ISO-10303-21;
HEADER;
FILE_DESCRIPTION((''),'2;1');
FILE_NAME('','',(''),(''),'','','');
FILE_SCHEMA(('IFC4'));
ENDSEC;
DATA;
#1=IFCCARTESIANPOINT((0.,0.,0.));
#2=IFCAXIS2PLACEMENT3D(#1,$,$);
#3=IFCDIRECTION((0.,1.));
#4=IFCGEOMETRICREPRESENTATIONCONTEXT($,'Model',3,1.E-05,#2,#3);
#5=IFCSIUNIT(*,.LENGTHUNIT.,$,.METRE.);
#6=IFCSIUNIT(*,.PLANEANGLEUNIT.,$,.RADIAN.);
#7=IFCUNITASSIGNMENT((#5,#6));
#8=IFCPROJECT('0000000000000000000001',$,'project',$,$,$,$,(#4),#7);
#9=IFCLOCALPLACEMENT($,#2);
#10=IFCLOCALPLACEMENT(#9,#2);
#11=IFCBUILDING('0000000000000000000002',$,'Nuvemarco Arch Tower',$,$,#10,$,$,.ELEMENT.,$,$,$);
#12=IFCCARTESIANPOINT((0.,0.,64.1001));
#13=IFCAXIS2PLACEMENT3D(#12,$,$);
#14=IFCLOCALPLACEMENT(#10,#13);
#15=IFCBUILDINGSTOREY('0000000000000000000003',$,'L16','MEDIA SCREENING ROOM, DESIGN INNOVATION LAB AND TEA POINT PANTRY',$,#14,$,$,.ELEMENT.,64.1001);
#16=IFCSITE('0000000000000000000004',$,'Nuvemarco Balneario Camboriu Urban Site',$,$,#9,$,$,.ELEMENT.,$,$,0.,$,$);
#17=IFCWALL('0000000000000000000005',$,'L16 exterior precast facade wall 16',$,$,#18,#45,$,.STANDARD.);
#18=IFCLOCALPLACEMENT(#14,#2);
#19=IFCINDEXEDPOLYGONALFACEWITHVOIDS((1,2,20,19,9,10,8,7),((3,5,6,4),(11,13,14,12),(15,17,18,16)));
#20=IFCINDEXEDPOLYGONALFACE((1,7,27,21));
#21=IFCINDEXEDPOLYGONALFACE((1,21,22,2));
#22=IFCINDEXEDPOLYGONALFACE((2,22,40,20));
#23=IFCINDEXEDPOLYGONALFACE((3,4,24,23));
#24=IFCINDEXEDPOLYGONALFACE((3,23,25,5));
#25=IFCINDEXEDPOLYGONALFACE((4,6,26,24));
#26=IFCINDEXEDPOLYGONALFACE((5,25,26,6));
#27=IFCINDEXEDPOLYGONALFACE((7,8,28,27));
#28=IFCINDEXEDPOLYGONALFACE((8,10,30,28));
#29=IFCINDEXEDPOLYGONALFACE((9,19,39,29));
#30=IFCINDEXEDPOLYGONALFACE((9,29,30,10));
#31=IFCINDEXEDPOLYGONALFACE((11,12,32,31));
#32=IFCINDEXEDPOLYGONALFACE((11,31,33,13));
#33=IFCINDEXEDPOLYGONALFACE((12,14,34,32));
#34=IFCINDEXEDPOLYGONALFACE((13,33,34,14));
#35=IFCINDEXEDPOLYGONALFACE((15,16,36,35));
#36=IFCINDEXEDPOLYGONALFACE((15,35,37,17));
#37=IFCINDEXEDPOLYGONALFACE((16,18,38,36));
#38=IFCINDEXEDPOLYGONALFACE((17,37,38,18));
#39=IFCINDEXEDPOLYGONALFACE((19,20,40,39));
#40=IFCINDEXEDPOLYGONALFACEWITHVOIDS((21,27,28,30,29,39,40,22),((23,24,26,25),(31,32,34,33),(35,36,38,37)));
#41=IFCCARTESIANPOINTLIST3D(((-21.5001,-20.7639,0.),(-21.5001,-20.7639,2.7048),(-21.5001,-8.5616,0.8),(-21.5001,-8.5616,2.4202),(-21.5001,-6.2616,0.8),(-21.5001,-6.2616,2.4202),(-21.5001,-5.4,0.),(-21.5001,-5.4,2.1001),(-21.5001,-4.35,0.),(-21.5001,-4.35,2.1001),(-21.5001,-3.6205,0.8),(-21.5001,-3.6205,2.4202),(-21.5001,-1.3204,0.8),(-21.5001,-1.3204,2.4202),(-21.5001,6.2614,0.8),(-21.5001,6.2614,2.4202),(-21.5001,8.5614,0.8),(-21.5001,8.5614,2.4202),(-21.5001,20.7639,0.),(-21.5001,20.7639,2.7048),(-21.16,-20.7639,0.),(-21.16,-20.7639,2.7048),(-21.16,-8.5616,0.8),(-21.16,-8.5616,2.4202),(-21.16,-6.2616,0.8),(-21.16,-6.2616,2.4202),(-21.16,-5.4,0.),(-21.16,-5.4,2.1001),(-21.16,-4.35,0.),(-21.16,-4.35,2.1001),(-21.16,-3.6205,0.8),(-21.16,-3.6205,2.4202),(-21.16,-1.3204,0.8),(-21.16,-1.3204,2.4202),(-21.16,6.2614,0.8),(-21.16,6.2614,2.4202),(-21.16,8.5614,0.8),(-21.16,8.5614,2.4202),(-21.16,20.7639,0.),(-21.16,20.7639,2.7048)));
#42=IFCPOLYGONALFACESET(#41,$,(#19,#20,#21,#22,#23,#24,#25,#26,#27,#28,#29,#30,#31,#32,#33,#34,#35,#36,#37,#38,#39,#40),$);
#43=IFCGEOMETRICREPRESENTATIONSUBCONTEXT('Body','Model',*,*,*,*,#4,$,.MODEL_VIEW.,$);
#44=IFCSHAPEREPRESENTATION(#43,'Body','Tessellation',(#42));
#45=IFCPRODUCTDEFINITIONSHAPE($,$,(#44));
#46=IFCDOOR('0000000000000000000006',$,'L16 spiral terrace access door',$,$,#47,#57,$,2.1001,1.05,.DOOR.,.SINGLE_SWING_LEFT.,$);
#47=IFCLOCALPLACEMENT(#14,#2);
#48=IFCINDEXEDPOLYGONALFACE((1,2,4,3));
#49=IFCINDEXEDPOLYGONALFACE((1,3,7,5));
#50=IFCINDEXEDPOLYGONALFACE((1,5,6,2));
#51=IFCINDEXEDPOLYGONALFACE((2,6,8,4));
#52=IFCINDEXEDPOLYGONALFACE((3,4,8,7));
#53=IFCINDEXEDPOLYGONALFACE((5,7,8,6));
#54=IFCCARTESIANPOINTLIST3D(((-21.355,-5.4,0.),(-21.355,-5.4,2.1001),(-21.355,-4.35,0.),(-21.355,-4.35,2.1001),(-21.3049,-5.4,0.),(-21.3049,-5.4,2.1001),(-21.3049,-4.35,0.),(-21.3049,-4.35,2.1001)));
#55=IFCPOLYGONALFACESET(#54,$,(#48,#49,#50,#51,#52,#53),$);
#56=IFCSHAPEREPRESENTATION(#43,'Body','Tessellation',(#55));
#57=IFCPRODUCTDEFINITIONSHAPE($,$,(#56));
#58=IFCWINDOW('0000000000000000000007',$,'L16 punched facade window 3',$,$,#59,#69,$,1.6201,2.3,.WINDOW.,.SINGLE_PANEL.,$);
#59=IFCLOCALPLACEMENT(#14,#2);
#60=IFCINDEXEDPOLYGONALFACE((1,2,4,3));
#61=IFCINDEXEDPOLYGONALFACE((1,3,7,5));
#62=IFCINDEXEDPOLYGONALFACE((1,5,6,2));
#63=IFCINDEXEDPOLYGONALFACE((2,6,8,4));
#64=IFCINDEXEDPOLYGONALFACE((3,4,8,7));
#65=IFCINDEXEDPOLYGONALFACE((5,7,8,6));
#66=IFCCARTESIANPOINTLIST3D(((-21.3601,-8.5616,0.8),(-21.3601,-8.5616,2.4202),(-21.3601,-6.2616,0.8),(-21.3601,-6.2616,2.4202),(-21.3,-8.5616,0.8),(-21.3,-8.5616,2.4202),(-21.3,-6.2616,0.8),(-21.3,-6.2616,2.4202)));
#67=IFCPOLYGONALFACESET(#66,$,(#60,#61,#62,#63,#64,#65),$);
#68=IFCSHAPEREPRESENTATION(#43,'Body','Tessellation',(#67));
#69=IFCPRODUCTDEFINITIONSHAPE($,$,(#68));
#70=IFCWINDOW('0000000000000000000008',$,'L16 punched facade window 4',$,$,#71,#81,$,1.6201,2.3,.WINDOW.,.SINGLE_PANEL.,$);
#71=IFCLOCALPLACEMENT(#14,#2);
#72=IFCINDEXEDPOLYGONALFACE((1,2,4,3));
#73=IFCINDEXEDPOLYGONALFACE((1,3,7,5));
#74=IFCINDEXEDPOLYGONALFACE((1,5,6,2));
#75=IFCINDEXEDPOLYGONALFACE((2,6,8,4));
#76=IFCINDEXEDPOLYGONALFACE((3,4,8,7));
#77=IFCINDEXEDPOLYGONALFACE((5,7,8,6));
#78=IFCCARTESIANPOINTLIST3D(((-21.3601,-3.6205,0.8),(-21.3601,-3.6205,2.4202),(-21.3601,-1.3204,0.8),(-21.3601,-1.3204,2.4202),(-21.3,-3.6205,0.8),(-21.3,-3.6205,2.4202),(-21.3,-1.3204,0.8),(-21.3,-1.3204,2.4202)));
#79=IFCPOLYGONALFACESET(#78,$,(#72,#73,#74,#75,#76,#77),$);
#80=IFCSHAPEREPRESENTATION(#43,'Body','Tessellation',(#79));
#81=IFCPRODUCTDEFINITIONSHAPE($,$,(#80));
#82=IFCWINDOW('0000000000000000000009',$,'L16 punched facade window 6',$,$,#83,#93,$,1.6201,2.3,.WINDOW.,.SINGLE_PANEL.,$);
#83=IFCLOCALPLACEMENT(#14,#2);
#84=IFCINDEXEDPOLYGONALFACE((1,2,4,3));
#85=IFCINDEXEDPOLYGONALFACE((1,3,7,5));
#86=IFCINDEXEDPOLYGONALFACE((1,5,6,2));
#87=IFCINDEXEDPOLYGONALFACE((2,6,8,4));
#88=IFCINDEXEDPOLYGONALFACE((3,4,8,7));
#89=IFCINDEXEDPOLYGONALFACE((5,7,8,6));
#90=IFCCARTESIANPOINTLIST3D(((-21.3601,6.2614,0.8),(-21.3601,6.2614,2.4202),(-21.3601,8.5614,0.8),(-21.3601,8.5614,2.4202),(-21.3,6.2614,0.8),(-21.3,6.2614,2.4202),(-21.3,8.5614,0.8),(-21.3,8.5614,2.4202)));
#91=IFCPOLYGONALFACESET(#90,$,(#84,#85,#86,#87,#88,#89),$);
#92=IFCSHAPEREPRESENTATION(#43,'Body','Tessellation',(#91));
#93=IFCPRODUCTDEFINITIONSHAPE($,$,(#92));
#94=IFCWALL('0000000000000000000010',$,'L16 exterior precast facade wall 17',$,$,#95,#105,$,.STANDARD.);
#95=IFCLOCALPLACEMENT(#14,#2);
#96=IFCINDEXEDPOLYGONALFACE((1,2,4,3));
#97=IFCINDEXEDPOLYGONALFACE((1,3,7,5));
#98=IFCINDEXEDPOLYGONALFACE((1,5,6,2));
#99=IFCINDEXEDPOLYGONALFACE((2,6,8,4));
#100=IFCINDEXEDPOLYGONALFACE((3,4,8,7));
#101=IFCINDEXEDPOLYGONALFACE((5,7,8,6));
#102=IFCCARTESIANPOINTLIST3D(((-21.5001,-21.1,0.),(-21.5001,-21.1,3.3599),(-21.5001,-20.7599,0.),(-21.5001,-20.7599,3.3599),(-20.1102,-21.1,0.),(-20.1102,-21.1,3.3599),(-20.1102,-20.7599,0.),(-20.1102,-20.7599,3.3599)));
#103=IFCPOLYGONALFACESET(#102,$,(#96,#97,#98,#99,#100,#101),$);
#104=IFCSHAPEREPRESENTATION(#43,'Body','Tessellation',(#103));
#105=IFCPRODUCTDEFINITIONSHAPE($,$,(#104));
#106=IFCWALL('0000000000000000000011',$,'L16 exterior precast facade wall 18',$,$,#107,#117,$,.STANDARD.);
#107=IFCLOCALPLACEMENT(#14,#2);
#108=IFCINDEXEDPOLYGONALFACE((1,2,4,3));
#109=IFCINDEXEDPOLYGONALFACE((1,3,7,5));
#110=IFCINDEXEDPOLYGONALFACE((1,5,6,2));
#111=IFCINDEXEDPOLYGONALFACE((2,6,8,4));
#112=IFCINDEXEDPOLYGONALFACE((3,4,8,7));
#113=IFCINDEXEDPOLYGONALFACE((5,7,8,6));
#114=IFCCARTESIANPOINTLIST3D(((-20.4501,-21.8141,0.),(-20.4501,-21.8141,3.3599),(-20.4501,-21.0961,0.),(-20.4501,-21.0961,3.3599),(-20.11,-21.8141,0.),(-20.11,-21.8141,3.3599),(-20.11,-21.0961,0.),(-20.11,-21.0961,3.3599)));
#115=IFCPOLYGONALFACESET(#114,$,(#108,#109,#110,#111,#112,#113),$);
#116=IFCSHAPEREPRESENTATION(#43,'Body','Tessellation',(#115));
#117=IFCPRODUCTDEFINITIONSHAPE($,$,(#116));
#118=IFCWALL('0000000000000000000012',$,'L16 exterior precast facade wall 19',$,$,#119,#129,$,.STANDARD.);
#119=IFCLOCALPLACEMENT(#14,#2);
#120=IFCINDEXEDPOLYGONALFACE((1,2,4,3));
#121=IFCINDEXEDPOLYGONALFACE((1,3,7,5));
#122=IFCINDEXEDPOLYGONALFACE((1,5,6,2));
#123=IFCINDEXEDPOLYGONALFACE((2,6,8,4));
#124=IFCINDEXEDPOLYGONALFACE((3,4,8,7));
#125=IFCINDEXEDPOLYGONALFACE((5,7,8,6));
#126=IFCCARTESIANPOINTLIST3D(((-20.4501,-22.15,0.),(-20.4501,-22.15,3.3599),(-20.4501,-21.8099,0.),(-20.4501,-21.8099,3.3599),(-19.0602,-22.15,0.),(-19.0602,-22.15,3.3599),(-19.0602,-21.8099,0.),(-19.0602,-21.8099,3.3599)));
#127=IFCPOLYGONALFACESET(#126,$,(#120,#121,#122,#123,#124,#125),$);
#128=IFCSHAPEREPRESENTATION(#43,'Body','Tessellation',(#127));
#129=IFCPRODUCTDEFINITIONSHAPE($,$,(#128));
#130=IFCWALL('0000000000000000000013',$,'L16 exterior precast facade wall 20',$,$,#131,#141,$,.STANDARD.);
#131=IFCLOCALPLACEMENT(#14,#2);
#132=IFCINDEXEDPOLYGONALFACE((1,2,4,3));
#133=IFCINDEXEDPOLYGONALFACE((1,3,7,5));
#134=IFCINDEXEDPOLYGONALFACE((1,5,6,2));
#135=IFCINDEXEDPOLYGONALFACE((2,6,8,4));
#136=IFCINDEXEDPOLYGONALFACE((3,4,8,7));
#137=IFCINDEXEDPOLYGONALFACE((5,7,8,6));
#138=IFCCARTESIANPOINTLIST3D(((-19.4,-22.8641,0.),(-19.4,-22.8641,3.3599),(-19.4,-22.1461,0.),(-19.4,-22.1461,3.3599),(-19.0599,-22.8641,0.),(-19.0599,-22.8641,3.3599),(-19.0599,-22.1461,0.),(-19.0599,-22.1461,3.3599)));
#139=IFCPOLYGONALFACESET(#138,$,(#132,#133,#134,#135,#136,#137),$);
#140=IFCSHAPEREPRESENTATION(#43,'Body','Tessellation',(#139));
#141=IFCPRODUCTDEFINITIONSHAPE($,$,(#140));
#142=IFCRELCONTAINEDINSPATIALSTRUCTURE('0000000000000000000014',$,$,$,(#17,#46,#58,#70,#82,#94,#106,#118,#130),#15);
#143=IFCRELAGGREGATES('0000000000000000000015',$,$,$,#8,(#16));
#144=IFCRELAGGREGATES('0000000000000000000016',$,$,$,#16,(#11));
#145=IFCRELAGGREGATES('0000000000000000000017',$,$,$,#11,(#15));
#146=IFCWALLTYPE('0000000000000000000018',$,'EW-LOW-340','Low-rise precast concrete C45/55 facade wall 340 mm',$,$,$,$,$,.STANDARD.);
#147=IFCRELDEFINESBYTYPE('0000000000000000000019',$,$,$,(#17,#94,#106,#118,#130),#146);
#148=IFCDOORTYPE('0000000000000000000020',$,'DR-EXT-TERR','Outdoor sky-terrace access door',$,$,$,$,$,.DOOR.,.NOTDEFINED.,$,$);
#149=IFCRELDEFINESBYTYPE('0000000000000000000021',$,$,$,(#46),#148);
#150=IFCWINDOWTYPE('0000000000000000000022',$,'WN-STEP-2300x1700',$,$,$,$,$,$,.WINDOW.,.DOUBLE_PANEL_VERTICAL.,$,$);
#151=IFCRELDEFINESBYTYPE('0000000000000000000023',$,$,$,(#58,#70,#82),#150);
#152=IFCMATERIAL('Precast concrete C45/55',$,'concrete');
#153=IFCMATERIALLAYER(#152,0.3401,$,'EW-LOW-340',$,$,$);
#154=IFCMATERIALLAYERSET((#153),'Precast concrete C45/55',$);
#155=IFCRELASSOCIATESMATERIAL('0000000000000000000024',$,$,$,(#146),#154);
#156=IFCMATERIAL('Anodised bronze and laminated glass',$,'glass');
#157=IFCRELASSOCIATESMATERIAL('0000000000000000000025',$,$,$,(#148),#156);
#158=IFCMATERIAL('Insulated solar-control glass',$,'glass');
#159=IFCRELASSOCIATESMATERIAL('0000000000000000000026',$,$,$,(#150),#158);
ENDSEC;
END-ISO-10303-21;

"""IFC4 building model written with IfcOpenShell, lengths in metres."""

from ifc_helpers import new_model, si_unit, direction, frame, frame_2d, origin, place, context, subcontext, project, spatial, rectangle, extrude, source, transform, mapped, material, layer, layer_set, type_object, type_shapes, element, fill, save


model = new_model("IFC4")

# Units and contexts
model_context = context("Model", 3, precision=1e-05, world=origin(), true_north=direction((0.0, 1.0)))
body_context = subcontext(model_context, "Body", "Model", "MODEL_VIEW")
ifc_project = project(units=[si_unit("LENGTHUNIT", "METRE"), si_unit("PLANEANGLEUNIT", "RADIAN")], contexts=[model_context])

# Site, building, storey
site_placement = place(None, origin())
site = spatial("IfcSite", under=ifc_project, at=site_placement, Name="Nuvemarco Balneario Camboriu Urban Site", CompositionType="ELEMENT", RefElevation=0.0)
building_placement = place(site_placement, origin())
building = spatial("IfcBuilding", under=site, at=building_placement, Name="Nuvemarco Arch Tower", CompositionType="ELEMENT")
storey_placement = place(building_placement, frame((0.0, 0.0, 64.1001)))
storey = spatial("IfcBuildingStorey", under=building, at=storey_placement, Name="L16", Description="MEDIA SCREENING ROOM, DESIGN INNOVATION LAB AND TEA POINT PANTRY", CompositionType="ELEMENT", Elevation=64.1001)

# Shared definitions
ifc_material_1 = material(Name="Precast concrete C45/55", Category="concrete")

# Shared definitions
ifc_layer = layer(ifc_material_1, 0.3401, Name="EW-LOW-340")
ifc_layer_set = layer_set([ifc_layer], Name="Precast concrete C45/55")
wall_type = type_object("IfcWallType", Name="EW-LOW-340", Description="Low-rise precast concrete C45/55 facade wall 340 mm", PredefinedType="STANDARD", material=ifc_layer_set)
ifc_material_2 = material(Name="Insulated solar-control glass", Category="glass")

# Wall, openings, door, windows
wall_1_placement = place(storey_placement, frame((-21.3301, -20.7639, 0.0), z_axis=(0.0, 0.0, 1.0), x_axis=(0.0, 1.0, 0.0)))
wall_1 = element("IfcWall", 1, at=wall_1_placement, inside=storey, type_object=wall_type, Name="L16 exterior precast facade wall 16", PredefinedType="STANDARD", context=body_context, shape_type="SweptSolid", body=[
    extrude(rectangle(XDim=41.5278, YDim=0.3401, at=frame_2d((20.7639, 0.0))), origin(), (0.0, 0.0, 1.0), 2.7048),
])
opening_1_placement = place(wall_1_placement, frame((15.364, 0.0, 0.0)))
opening_1 = element("IfcOpeningElement", 2, at=opening_1_placement, cuts=wall_1, PredefinedType="OPENING", context=body_context, shape_type="SweptSolid", body=[
    extrude(rectangle(XDim=1.05, YDim=2.1001, at=frame_2d((0.5249, 1.05))), frame((0.0, 0.1799, 0.0), z_axis=(0.0, -1.0, 0.0), x_axis=(1.0, 0.0, 0.0)), (0.0, 0.0, 1.0), 0.3601),
])
opening_2_placement = place(wall_1_placement, frame((12.2024, 0.0, 0.8)))
opening_2 = element("IfcOpeningElement", 3, at=opening_2_placement, cuts=wall_1, PredefinedType="OPENING", context=body_context, shape_type="SweptSolid", body=[
    extrude(rectangle(XDim=2.3, YDim=1.6201, at=frame_2d((1.1499, 0.8101))), frame((0.0, 0.1799, 0.0), z_axis=(0.0, -1.0, 0.0), x_axis=(1.0, 0.0, 0.0)), (0.0, 0.0, 1.0), 0.3601),
])
opening_3_placement = place(wall_1_placement, frame((17.1436, 0.0, 0.8)))
opening_3 = element("IfcOpeningElement", 4, at=opening_3_placement, cuts=wall_1, PredefinedType="OPENING", context=body_context, shape_type="SweptSolid", body=[
    extrude(rectangle(XDim=2.3, YDim=1.6201, at=frame_2d((1.1499, 0.8101))), frame((0.0, 0.1799, 0.0), z_axis=(0.0, -1.0, 0.0), x_axis=(1.0, 0.0, 0.0)), (0.0, 0.0, 1.0), 0.3601),
])
opening_4_placement = place(wall_1_placement, frame((27.0254, 0.0, 0.8)))
opening_4 = element("IfcOpeningElement", 5, at=opening_4_placement, cuts=wall_1, PredefinedType="OPENING", context=body_context, shape_type="SweptSolid", body=[
    extrude(rectangle(XDim=2.3, YDim=1.6201, at=frame_2d((1.1499, 0.8101))), frame((0.0, 0.1799, 0.0), z_axis=(0.0, -1.0, 0.0), x_axis=(1.0, 0.0, 0.0)), (0.0, 0.0, 1.0), 0.3601),
])
ifc_material_3 = material(Name="Anodised bronze and laminated glass", Category="glass")
door_type = type_object("IfcDoorType", Name="DR-EXT-TERR", Description="Outdoor sky-terrace access door", OperationType="NOTDEFINED", PredefinedType="DOOR", material=ifc_material_3)
shared_shape_1 = source(origin(), body_context, "Body", "SweptSolid", [
    extrude(rectangle(XDim=1.05, YDim=2.1001, at=frame_2d((0.5249, 1.05))), frame((0.0, 0.0249, 0.0), z_axis=(0.0, -1.0, 0.0), x_axis=(1.0, 0.0, 0.0)), (0.0, 0.0, 1.0), 0.05),
])
type_shapes(door_type, [shared_shape_1])
door_placement = place(opening_1_placement, origin())
door = element("IfcDoor", 6, at=door_placement, inside=storey, type_object=door_type, Name="L16 spiral terrace access door", OperationType="SINGLE_SWING_LEFT", OverallHeight=2.1001, OverallWidth=1.05, PredefinedType="DOOR", context=body_context, shape_type="MappedRepresentation", body=[
    mapped(shared_shape_1, transform((0.0, 0.0, 0.0), scale=1.0)),
])
fill(opening_1, door)
window_type_1 = type_object("IfcWindowType", Name="WN-STEP-2300x1700", PartitioningType="DOUBLE_PANEL_VERTICAL", PredefinedType="WINDOW", material=ifc_material_2)
shared_shape_2 = source(origin(), body_context, "Body", "SweptSolid", [
    extrude(rectangle(XDim=2.3, YDim=1.6201, at=frame_2d((1.1499, 0.8101))), frame((0.0, 0.03, 0.0), z_axis=(0.0, -1.0, 0.0), x_axis=(1.0, 0.0, 0.0)), (0.0, 0.0, 1.0), 0.0601),
])
type_shapes(window_type_1, [shared_shape_2])
window_1_placement = place(opening_2_placement, origin())
window_1 = element("IfcWindow", 7, at=window_1_placement, inside=storey, type_object=window_type_1, Name="L16 punched facade window 3", OverallHeight=1.6201, OverallWidth=2.3, PartitioningType="SINGLE_PANEL", PredefinedType="WINDOW", context=body_context, shape_type="MappedRepresentation", body=[
    mapped(shared_shape_2, transform((0.0, 0.0, 0.0), scale=1.0)),
])
fill(opening_2, window_1)
window_2_placement = place(opening_3_placement, origin())
window_2 = element("IfcWindow", 8, at=window_2_placement, inside=storey, type_object=window_type_1, Name="L16 punched facade window 4", OverallHeight=1.6201, OverallWidth=2.3, PartitioningType="SINGLE_PANEL", PredefinedType="WINDOW", context=body_context, shape_type="MappedRepresentation", body=[
    mapped(shared_shape_2, transform((0.0, 0.0, 0.0), scale=1.0)),
])
fill(opening_3, window_2)
window_3_placement = place(opening_4_placement, origin())
window_3 = element("IfcWindow", 9, at=window_3_placement, inside=storey, type_object=window_type_1, Name="L16 punched facade window 6", OverallHeight=1.6201, OverallWidth=2.3, PartitioningType="SINGLE_PANEL", PredefinedType="WINDOW", context=body_context, shape_type="MappedRepresentation", body=[
    mapped(shared_shape_2, transform((0.0, 0.0, 0.0), scale=1.0)),
])
fill(opening_4, window_3)

# Walls
wall_2_placement = place(storey_placement, frame((-21.5, -20.9299, 0.0), z_axis=(0.0, 0.0, 1.0), x_axis=(1.0, 0.0, 0.0)))
element("IfcWall", 10, at=wall_2_placement, inside=storey, type_object=wall_type, Name="L16 exterior precast facade wall 17", PredefinedType="STANDARD", context=body_context, shape_type="SweptSolid", body=[
    extrude(rectangle(XDim=1.3899, YDim=0.3401, at=frame_2d((0.6948, 0.0))), origin(), (0.0, 0.0, 1.0), 3.3599),
])
wall_3_placement = place(storey_placement, frame((-20.28, -21.814, 0.0), z_axis=(0.0, 0.0, 1.0), x_axis=(0.0, 1.0, 0.0)))
element("IfcWall", 11, at=wall_3_placement, inside=storey, type_object=wall_type, Name="L16 exterior precast facade wall 18", PredefinedType="STANDARD", context=body_context, shape_type="SweptSolid", body=[
    extrude(rectangle(XDim=0.718, YDim=0.3401, at=frame_2d((0.3589, 0.0))), origin(), (0.0, 0.0, 1.0), 3.3599),
])
wall_4_placement = place(storey_placement, frame((-20.45, -21.98, 0.0), z_axis=(0.0, 0.0, 1.0), x_axis=(1.0, 0.0, 0.0)))
element("IfcWall", 12, at=wall_4_placement, inside=storey, type_object=wall_type, Name="L16 exterior precast facade wall 19", PredefinedType="STANDARD", context=body_context, shape_type="SweptSolid", body=[
    extrude(rectangle(XDim=1.3899, YDim=0.3401, at=frame_2d((0.6948, 0.0))), origin(), (0.0, 0.0, 1.0), 3.3599),
])
wall_5_placement = place(storey_placement, frame((-19.23, -22.864, 0.0), z_axis=(0.0, 0.0, 1.0), x_axis=(0.0, 1.0, 0.0)))
element("IfcWall", 13, at=wall_5_placement, inside=storey, type_object=wall_type, Name="L16 exterior precast facade wall 20", PredefinedType="STANDARD", context=body_context, shape_type="SweptSolid", body=[
    extrude(rectangle(XDim=0.718, YDim=0.3401, at=frame_2d((0.3589, 0.0))), origin(), (0.0, 0.0, 1.0), 3.3599),
])

save(model, "model.ifc")
